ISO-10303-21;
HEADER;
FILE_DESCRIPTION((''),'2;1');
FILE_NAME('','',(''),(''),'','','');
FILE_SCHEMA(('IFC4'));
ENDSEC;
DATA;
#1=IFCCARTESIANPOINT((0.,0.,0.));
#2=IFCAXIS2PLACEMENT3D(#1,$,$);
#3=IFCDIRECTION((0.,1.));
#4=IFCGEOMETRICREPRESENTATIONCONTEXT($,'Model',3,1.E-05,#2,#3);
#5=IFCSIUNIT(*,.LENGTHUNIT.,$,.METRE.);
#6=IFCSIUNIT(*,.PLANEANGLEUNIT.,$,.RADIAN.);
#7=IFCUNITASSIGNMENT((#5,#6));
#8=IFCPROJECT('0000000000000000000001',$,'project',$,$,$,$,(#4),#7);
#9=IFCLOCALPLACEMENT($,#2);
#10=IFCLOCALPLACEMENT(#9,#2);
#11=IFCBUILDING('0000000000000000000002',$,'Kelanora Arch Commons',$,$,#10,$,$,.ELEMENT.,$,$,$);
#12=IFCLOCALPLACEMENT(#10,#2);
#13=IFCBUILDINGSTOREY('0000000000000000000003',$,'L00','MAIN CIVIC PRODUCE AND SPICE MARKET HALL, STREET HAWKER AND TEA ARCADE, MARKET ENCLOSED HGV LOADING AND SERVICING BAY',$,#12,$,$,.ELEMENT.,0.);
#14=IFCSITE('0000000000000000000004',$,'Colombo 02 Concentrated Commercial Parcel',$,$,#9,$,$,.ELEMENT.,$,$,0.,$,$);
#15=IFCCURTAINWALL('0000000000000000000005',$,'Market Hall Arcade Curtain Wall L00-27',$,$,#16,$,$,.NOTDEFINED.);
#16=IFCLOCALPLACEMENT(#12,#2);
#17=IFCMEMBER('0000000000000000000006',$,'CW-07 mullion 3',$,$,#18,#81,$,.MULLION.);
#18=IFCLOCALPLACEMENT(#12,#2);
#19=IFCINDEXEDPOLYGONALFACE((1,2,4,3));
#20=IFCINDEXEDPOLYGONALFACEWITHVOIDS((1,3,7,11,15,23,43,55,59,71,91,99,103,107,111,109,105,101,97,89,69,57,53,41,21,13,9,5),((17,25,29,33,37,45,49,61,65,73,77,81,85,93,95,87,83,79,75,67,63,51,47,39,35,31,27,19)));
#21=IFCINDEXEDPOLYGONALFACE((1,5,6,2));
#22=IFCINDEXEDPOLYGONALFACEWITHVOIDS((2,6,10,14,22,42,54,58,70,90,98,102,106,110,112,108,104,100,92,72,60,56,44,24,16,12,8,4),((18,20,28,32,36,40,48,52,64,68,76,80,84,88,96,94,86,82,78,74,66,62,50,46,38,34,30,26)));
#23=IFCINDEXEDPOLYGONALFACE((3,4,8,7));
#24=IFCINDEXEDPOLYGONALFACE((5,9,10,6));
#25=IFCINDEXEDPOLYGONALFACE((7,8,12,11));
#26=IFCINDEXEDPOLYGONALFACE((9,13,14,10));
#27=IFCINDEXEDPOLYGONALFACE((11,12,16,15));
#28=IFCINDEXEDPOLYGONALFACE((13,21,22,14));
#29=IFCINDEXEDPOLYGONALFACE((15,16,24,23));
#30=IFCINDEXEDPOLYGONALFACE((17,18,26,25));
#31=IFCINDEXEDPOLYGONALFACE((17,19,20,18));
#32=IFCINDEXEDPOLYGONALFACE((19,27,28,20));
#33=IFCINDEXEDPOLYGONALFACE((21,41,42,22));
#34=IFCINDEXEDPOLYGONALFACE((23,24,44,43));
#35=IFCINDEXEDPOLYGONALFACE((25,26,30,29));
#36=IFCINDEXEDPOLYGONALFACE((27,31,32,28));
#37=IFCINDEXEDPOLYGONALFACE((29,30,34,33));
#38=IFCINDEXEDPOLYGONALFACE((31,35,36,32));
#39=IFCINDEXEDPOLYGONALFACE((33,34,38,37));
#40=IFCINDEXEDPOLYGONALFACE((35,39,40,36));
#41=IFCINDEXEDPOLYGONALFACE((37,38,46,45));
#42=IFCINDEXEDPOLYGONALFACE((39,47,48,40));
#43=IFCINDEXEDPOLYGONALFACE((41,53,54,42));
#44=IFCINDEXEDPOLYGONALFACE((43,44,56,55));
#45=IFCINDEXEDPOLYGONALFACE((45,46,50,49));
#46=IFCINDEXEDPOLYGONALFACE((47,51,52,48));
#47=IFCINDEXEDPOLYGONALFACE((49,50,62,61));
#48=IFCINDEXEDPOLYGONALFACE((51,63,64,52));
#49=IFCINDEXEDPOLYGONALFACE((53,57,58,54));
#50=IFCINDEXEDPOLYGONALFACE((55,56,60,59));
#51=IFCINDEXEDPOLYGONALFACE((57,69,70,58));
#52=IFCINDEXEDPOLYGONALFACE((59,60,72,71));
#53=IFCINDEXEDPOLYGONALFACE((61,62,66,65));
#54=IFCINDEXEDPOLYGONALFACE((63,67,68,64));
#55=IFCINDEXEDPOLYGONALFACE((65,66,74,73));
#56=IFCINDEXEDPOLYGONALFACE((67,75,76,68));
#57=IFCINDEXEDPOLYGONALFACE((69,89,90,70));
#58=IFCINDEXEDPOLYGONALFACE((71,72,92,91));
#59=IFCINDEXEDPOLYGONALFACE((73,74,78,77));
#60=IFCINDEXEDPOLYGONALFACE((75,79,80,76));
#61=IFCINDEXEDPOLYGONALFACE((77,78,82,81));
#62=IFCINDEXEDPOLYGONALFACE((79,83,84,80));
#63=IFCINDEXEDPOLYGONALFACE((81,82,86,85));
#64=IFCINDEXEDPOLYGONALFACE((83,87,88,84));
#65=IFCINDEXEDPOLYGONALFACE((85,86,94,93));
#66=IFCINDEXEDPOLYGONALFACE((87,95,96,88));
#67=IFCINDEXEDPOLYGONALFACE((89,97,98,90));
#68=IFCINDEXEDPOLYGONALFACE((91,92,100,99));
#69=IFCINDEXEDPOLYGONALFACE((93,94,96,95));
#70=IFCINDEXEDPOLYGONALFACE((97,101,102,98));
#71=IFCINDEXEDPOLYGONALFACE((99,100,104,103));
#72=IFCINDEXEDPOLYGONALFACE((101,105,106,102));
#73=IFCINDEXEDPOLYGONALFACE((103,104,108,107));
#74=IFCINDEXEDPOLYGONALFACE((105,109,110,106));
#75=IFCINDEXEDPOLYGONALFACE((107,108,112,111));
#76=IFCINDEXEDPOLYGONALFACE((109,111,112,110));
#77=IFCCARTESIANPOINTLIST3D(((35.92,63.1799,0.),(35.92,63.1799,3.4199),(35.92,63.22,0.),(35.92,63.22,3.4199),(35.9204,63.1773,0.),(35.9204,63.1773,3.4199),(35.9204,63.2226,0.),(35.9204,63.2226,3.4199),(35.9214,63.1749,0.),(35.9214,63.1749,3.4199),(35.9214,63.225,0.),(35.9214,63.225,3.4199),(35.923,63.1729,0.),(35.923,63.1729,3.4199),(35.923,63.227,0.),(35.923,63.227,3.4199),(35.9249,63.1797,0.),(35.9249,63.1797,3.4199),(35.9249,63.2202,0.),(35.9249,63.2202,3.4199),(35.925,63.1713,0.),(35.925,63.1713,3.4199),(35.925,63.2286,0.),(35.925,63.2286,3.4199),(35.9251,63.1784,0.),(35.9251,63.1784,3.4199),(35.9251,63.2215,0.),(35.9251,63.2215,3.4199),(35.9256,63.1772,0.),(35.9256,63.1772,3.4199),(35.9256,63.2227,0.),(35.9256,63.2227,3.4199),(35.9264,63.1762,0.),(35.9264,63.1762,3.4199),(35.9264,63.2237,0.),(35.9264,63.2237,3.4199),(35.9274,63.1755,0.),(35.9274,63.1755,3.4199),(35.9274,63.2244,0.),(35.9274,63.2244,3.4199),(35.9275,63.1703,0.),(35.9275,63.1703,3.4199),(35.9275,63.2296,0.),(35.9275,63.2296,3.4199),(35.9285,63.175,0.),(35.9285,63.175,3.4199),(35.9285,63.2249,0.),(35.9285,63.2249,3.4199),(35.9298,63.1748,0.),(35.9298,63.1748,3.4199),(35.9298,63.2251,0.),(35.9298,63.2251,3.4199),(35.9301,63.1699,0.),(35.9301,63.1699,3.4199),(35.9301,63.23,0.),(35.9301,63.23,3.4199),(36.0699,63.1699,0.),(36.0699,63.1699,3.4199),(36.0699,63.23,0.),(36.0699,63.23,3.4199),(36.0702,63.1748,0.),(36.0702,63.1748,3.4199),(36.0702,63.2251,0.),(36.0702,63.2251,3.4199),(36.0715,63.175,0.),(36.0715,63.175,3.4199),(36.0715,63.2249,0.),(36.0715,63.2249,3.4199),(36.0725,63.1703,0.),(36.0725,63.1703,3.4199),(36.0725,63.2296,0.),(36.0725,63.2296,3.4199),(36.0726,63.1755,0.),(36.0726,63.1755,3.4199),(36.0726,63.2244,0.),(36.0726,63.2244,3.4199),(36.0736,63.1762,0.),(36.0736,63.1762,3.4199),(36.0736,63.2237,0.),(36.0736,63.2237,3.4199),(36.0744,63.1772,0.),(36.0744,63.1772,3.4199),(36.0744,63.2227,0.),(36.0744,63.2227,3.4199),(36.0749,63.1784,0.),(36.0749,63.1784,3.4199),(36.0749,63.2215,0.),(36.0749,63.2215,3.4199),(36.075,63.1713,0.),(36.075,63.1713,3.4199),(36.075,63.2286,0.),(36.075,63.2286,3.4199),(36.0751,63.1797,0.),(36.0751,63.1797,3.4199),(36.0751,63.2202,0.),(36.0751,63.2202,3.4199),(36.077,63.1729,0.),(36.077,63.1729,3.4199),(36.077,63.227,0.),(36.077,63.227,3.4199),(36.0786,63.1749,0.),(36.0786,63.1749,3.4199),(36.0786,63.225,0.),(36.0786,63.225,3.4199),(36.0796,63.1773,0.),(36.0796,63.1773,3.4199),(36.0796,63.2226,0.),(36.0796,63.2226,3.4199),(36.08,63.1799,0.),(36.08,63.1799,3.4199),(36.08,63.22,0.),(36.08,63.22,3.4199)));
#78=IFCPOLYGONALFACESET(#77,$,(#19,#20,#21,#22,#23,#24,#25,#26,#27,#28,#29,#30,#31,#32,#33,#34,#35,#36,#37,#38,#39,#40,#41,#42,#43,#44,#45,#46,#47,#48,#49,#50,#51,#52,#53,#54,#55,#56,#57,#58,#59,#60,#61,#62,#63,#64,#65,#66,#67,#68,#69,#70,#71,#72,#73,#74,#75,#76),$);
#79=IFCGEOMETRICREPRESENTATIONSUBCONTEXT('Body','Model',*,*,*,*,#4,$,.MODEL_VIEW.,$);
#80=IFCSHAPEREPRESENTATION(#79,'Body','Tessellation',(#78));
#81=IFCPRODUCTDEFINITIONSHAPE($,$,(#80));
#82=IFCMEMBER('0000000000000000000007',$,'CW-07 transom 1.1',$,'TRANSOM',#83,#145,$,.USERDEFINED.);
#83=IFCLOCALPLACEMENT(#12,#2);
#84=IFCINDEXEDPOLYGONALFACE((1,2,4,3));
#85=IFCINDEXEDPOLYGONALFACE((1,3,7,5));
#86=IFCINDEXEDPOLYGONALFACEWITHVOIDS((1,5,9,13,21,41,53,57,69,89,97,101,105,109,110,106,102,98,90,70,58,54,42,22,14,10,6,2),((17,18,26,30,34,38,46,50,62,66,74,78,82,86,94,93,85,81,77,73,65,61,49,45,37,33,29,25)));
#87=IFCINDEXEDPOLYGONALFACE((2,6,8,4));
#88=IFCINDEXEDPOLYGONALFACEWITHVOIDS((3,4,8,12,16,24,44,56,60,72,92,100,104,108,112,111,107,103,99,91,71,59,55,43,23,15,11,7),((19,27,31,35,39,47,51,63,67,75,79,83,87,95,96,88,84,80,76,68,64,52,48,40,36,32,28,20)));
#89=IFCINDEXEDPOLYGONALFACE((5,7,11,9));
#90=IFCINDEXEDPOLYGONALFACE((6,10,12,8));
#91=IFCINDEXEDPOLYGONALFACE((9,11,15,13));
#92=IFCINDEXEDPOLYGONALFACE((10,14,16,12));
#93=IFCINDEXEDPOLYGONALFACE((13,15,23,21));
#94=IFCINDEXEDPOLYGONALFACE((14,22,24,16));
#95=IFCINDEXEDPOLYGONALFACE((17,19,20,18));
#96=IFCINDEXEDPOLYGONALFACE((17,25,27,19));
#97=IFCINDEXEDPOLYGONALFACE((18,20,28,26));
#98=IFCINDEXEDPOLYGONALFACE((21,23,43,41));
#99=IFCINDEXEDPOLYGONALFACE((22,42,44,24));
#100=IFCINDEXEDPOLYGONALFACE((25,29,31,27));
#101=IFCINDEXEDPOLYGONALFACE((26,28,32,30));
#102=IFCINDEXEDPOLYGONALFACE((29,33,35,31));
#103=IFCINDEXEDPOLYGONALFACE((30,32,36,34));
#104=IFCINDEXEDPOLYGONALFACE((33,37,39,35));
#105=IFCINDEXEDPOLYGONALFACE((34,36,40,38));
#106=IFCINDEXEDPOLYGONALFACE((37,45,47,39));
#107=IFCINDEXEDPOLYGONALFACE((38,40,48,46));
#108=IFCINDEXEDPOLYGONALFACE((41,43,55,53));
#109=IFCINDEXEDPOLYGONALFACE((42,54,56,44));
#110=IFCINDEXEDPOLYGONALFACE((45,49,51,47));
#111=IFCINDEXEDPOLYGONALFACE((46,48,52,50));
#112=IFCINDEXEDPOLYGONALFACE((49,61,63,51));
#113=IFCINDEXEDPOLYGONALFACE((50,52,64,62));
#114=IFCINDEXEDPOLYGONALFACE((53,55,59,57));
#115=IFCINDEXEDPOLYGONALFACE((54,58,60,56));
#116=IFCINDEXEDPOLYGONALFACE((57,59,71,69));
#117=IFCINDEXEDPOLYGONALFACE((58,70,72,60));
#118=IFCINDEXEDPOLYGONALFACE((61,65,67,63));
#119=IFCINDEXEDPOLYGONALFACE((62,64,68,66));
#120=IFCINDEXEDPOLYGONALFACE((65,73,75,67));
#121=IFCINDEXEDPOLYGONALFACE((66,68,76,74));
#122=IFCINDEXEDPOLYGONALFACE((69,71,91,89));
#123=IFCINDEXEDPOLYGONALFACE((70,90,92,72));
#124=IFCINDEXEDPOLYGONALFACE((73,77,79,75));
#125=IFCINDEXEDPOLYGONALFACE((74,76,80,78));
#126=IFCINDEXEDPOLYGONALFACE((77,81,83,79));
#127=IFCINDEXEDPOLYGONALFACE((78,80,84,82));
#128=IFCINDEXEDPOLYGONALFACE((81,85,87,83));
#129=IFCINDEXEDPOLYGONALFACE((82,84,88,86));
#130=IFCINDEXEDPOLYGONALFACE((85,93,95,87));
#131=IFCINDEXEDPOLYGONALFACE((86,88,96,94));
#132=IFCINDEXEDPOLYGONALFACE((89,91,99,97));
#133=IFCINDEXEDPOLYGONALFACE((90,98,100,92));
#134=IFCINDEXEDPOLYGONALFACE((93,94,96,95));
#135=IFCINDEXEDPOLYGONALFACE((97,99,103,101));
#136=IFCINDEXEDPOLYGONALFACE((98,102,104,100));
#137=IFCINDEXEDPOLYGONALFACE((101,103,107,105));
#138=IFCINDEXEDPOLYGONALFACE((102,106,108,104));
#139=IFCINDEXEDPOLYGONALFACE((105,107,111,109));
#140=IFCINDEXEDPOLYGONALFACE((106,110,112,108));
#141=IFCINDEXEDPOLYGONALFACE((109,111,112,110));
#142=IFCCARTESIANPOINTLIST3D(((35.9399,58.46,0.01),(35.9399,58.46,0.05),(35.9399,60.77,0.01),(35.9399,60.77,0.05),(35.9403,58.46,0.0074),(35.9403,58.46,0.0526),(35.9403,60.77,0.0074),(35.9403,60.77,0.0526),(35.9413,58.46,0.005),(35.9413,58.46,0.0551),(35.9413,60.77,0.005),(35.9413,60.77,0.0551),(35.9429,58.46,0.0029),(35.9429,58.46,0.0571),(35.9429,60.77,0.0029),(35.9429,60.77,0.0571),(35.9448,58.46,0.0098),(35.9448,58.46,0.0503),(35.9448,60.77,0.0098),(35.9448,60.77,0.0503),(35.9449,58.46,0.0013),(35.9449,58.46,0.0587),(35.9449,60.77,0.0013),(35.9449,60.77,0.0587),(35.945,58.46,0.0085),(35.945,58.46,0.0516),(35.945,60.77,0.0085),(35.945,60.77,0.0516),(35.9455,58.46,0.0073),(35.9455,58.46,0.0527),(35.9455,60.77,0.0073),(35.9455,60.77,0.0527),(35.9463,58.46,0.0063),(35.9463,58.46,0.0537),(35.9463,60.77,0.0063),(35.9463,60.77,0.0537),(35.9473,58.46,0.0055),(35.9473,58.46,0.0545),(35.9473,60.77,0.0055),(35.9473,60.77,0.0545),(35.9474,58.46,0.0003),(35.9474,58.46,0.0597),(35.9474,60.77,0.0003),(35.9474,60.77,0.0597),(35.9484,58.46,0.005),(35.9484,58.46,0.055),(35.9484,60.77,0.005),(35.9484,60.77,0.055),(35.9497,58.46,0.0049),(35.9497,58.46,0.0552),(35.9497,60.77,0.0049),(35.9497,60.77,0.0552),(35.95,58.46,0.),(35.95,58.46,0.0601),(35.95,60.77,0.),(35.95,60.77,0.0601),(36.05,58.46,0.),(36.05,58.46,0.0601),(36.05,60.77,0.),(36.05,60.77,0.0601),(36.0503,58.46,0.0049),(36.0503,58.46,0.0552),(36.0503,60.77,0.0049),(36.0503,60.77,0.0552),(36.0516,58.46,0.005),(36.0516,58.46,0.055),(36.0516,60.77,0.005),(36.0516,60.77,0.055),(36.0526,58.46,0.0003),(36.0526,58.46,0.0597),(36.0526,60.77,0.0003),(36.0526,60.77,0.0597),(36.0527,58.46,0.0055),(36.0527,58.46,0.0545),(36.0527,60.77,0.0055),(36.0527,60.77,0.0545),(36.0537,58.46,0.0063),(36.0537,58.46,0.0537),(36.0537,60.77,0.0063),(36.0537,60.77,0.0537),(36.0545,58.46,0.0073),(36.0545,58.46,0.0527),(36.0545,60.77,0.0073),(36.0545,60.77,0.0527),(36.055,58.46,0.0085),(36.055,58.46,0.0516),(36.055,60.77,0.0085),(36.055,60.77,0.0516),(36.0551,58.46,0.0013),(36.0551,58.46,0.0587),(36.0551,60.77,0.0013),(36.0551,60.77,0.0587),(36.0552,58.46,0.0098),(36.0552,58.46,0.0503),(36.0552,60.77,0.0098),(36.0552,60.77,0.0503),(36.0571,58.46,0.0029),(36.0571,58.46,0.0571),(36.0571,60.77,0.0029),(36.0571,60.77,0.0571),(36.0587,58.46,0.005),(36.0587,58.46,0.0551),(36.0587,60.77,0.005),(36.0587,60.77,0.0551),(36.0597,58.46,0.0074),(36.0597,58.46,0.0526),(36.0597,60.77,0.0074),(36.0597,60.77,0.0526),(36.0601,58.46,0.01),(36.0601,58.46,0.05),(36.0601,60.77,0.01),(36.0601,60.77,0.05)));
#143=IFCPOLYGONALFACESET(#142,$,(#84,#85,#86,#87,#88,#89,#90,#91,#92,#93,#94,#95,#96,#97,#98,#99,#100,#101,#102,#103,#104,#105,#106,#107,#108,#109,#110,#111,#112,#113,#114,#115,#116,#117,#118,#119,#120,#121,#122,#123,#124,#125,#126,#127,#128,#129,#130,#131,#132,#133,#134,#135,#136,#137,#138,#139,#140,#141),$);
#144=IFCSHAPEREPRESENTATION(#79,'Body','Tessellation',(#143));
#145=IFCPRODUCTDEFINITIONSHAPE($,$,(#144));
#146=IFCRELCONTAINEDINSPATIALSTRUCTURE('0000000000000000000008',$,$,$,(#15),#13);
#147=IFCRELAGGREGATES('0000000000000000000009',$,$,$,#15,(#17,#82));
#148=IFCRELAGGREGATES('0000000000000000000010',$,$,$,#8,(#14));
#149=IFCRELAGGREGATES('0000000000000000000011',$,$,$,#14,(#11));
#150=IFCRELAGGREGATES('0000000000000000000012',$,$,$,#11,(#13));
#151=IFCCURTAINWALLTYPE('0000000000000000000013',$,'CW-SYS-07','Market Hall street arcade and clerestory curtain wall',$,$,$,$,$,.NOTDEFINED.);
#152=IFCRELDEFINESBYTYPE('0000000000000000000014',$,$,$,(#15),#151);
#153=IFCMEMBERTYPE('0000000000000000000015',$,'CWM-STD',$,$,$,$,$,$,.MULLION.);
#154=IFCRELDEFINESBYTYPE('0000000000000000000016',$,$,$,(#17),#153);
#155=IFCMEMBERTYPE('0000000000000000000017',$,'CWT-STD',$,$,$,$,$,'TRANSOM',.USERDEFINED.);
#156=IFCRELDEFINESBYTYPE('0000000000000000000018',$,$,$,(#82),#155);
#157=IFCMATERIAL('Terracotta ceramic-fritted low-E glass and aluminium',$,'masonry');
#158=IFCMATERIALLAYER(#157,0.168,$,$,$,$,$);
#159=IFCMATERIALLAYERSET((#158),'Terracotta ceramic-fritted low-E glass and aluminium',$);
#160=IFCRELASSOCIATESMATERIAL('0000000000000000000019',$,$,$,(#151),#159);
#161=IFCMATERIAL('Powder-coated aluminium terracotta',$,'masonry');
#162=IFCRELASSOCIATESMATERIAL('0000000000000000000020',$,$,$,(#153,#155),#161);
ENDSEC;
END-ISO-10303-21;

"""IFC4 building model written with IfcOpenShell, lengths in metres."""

from ifc_helpers import new_model, si_unit, direction, frame, origin, origin_2d, place, context, subcontext, project, spatial, hollow_rectangle, extrude, material, layer, layer_set, material_profile, profile_set, type_object, element, aggregate, save


model = new_model("IFC4")

# Units and contexts
model_context = context("Model", 3, precision=1e-05, world=origin(), true_north=direction((0.0, 1.0)))
body_context = subcontext(model_context, "Body", "Model", "MODEL_VIEW")
ifc_project = project(units=[si_unit("LENGTHUNIT", "METRE"), si_unit("PLANEANGLEUNIT", "RADIAN")], contexts=[model_context])

# Site, building, storey
site_placement = place(None, origin())
site = spatial("IfcSite", under=ifc_project, at=site_placement, Name="Colombo 02 Concentrated Commercial Parcel", CompositionType="ELEMENT", RefElevation=0.0)
building_placement = place(site_placement, origin())
building = spatial("IfcBuilding", under=site, at=building_placement, Name="Kelanora Arch Commons", CompositionType="ELEMENT")
storey_placement = place(building_placement, origin())
storey = spatial("IfcBuildingStorey", under=building, at=storey_placement, Name="L00", Description="MAIN CIVIC PRODUCE AND SPICE MARKET HALL, STREET HAWKER AND TEA ARCADE, MARKET ENCLOSED HGV LOADING AND SERVICING BAY", CompositionType="ELEMENT", Elevation=0.0)

# Curtain wall, members
ifc_material_1 = material(Name="Terracotta ceramic-fritted low-E glass and aluminium", Category="masonry")
ifc_layer_1 = layer(ifc_material_1, 0.168)
ifc_layer_set_1 = layer_set([ifc_layer_1], Name="Terracotta ceramic-fritted low-E glass and aluminium")
curtain_wall_type = type_object("IfcCurtainWallType", Name="CW-SYS-07", Description="Market Hall street arcade and clerestory curtain wall", PredefinedType="NOTDEFINED", material=ifc_layer_set_1)
curtain_wall_placement = place(storey_placement, origin())
curtain_wall = element("IfcCurtainWall", 1, at=curtain_wall_placement, inside=storey, type_object=curtain_wall_type, Name="Market Hall Arcade Curtain Wall L00-27", PredefinedType="NOTDEFINED")
ifc_material_2 = material(Name="Powder-coated aluminium terracotta", Category="masonry")
ifc_material_profile_1 = material_profile(ifc_material_2, hollow_rectangle(XDim=0.1599, YDim=0.0601, WallThickness=0.0049, InnerFilletRadius=0.0049, OuterFilletRadius=0.01, at=origin_2d()), Name="CWM160x60")
ifc_profile_set_1 = profile_set([ifc_material_profile_1], Name="Powder-coated aluminium terracotta")
member_type_1 = type_object("IfcMemberType", Name="CWM-STD", PredefinedType="MULLION", material=ifc_profile_set_1)
member_1_placement = place(storey_placement, frame((36.0, 63.2, 0.0), z_axis=(0.0, 0.0, 1.0), x_axis=(-1.0, 0.0, 0.0)))
member_1 = element("IfcMember", 2, at=member_1_placement, type_object=member_type_1, Name="CW-07 mullion 3", PredefinedType="MULLION", context=body_context, shape_type="SweptSolid", body=[
    extrude(hollow_rectangle(XDim=0.1599, YDim=0.0601, WallThickness=0.0049, InnerFilletRadius=0.0049, OuterFilletRadius=0.01, at=origin_2d()), origin(), (0.0, 0.0, 1.0), 3.4199),
])
ifc_material_profile_2 = material_profile(ifc_material_2, hollow_rectangle(XDim=0.1201, YDim=0.0601, WallThickness=0.0049, InnerFilletRadius=0.0049, OuterFilletRadius=0.01, at=origin_2d()), Name="CWT120x60")
ifc_profile_set_2 = profile_set([ifc_material_profile_2], Name="Powder-coated aluminium terracotta")
member_type_2 = type_object("IfcMemberType", Name="CWT-STD", ElementType="TRANSOM", PredefinedType="USERDEFINED", material=ifc_profile_set_2)
member_2_placement = place(storey_placement, frame((36.0, 58.46, 0.03), z_axis=(0.0, 1.0, 0.0), x_axis=(-1.0, 0.0, 0.0)))
member_2 = element("IfcMember", 3, at=member_2_placement, type_object=member_type_2, Name="CW-07 transom 1.1", ObjectType="TRANSOM", PredefinedType="USERDEFINED", context=body_context, shape_type="SweptSolid", body=[
    extrude(hollow_rectangle(XDim=0.1201, YDim=0.0601, WallThickness=0.0049, InnerFilletRadius=0.0049, OuterFilletRadius=0.01, at=origin_2d()), origin(), (0.0, 0.0, 1.0), 2.3101),
])
aggregate(curtain_wall, [member_1, member_2])

save(model, "model.ifc")
